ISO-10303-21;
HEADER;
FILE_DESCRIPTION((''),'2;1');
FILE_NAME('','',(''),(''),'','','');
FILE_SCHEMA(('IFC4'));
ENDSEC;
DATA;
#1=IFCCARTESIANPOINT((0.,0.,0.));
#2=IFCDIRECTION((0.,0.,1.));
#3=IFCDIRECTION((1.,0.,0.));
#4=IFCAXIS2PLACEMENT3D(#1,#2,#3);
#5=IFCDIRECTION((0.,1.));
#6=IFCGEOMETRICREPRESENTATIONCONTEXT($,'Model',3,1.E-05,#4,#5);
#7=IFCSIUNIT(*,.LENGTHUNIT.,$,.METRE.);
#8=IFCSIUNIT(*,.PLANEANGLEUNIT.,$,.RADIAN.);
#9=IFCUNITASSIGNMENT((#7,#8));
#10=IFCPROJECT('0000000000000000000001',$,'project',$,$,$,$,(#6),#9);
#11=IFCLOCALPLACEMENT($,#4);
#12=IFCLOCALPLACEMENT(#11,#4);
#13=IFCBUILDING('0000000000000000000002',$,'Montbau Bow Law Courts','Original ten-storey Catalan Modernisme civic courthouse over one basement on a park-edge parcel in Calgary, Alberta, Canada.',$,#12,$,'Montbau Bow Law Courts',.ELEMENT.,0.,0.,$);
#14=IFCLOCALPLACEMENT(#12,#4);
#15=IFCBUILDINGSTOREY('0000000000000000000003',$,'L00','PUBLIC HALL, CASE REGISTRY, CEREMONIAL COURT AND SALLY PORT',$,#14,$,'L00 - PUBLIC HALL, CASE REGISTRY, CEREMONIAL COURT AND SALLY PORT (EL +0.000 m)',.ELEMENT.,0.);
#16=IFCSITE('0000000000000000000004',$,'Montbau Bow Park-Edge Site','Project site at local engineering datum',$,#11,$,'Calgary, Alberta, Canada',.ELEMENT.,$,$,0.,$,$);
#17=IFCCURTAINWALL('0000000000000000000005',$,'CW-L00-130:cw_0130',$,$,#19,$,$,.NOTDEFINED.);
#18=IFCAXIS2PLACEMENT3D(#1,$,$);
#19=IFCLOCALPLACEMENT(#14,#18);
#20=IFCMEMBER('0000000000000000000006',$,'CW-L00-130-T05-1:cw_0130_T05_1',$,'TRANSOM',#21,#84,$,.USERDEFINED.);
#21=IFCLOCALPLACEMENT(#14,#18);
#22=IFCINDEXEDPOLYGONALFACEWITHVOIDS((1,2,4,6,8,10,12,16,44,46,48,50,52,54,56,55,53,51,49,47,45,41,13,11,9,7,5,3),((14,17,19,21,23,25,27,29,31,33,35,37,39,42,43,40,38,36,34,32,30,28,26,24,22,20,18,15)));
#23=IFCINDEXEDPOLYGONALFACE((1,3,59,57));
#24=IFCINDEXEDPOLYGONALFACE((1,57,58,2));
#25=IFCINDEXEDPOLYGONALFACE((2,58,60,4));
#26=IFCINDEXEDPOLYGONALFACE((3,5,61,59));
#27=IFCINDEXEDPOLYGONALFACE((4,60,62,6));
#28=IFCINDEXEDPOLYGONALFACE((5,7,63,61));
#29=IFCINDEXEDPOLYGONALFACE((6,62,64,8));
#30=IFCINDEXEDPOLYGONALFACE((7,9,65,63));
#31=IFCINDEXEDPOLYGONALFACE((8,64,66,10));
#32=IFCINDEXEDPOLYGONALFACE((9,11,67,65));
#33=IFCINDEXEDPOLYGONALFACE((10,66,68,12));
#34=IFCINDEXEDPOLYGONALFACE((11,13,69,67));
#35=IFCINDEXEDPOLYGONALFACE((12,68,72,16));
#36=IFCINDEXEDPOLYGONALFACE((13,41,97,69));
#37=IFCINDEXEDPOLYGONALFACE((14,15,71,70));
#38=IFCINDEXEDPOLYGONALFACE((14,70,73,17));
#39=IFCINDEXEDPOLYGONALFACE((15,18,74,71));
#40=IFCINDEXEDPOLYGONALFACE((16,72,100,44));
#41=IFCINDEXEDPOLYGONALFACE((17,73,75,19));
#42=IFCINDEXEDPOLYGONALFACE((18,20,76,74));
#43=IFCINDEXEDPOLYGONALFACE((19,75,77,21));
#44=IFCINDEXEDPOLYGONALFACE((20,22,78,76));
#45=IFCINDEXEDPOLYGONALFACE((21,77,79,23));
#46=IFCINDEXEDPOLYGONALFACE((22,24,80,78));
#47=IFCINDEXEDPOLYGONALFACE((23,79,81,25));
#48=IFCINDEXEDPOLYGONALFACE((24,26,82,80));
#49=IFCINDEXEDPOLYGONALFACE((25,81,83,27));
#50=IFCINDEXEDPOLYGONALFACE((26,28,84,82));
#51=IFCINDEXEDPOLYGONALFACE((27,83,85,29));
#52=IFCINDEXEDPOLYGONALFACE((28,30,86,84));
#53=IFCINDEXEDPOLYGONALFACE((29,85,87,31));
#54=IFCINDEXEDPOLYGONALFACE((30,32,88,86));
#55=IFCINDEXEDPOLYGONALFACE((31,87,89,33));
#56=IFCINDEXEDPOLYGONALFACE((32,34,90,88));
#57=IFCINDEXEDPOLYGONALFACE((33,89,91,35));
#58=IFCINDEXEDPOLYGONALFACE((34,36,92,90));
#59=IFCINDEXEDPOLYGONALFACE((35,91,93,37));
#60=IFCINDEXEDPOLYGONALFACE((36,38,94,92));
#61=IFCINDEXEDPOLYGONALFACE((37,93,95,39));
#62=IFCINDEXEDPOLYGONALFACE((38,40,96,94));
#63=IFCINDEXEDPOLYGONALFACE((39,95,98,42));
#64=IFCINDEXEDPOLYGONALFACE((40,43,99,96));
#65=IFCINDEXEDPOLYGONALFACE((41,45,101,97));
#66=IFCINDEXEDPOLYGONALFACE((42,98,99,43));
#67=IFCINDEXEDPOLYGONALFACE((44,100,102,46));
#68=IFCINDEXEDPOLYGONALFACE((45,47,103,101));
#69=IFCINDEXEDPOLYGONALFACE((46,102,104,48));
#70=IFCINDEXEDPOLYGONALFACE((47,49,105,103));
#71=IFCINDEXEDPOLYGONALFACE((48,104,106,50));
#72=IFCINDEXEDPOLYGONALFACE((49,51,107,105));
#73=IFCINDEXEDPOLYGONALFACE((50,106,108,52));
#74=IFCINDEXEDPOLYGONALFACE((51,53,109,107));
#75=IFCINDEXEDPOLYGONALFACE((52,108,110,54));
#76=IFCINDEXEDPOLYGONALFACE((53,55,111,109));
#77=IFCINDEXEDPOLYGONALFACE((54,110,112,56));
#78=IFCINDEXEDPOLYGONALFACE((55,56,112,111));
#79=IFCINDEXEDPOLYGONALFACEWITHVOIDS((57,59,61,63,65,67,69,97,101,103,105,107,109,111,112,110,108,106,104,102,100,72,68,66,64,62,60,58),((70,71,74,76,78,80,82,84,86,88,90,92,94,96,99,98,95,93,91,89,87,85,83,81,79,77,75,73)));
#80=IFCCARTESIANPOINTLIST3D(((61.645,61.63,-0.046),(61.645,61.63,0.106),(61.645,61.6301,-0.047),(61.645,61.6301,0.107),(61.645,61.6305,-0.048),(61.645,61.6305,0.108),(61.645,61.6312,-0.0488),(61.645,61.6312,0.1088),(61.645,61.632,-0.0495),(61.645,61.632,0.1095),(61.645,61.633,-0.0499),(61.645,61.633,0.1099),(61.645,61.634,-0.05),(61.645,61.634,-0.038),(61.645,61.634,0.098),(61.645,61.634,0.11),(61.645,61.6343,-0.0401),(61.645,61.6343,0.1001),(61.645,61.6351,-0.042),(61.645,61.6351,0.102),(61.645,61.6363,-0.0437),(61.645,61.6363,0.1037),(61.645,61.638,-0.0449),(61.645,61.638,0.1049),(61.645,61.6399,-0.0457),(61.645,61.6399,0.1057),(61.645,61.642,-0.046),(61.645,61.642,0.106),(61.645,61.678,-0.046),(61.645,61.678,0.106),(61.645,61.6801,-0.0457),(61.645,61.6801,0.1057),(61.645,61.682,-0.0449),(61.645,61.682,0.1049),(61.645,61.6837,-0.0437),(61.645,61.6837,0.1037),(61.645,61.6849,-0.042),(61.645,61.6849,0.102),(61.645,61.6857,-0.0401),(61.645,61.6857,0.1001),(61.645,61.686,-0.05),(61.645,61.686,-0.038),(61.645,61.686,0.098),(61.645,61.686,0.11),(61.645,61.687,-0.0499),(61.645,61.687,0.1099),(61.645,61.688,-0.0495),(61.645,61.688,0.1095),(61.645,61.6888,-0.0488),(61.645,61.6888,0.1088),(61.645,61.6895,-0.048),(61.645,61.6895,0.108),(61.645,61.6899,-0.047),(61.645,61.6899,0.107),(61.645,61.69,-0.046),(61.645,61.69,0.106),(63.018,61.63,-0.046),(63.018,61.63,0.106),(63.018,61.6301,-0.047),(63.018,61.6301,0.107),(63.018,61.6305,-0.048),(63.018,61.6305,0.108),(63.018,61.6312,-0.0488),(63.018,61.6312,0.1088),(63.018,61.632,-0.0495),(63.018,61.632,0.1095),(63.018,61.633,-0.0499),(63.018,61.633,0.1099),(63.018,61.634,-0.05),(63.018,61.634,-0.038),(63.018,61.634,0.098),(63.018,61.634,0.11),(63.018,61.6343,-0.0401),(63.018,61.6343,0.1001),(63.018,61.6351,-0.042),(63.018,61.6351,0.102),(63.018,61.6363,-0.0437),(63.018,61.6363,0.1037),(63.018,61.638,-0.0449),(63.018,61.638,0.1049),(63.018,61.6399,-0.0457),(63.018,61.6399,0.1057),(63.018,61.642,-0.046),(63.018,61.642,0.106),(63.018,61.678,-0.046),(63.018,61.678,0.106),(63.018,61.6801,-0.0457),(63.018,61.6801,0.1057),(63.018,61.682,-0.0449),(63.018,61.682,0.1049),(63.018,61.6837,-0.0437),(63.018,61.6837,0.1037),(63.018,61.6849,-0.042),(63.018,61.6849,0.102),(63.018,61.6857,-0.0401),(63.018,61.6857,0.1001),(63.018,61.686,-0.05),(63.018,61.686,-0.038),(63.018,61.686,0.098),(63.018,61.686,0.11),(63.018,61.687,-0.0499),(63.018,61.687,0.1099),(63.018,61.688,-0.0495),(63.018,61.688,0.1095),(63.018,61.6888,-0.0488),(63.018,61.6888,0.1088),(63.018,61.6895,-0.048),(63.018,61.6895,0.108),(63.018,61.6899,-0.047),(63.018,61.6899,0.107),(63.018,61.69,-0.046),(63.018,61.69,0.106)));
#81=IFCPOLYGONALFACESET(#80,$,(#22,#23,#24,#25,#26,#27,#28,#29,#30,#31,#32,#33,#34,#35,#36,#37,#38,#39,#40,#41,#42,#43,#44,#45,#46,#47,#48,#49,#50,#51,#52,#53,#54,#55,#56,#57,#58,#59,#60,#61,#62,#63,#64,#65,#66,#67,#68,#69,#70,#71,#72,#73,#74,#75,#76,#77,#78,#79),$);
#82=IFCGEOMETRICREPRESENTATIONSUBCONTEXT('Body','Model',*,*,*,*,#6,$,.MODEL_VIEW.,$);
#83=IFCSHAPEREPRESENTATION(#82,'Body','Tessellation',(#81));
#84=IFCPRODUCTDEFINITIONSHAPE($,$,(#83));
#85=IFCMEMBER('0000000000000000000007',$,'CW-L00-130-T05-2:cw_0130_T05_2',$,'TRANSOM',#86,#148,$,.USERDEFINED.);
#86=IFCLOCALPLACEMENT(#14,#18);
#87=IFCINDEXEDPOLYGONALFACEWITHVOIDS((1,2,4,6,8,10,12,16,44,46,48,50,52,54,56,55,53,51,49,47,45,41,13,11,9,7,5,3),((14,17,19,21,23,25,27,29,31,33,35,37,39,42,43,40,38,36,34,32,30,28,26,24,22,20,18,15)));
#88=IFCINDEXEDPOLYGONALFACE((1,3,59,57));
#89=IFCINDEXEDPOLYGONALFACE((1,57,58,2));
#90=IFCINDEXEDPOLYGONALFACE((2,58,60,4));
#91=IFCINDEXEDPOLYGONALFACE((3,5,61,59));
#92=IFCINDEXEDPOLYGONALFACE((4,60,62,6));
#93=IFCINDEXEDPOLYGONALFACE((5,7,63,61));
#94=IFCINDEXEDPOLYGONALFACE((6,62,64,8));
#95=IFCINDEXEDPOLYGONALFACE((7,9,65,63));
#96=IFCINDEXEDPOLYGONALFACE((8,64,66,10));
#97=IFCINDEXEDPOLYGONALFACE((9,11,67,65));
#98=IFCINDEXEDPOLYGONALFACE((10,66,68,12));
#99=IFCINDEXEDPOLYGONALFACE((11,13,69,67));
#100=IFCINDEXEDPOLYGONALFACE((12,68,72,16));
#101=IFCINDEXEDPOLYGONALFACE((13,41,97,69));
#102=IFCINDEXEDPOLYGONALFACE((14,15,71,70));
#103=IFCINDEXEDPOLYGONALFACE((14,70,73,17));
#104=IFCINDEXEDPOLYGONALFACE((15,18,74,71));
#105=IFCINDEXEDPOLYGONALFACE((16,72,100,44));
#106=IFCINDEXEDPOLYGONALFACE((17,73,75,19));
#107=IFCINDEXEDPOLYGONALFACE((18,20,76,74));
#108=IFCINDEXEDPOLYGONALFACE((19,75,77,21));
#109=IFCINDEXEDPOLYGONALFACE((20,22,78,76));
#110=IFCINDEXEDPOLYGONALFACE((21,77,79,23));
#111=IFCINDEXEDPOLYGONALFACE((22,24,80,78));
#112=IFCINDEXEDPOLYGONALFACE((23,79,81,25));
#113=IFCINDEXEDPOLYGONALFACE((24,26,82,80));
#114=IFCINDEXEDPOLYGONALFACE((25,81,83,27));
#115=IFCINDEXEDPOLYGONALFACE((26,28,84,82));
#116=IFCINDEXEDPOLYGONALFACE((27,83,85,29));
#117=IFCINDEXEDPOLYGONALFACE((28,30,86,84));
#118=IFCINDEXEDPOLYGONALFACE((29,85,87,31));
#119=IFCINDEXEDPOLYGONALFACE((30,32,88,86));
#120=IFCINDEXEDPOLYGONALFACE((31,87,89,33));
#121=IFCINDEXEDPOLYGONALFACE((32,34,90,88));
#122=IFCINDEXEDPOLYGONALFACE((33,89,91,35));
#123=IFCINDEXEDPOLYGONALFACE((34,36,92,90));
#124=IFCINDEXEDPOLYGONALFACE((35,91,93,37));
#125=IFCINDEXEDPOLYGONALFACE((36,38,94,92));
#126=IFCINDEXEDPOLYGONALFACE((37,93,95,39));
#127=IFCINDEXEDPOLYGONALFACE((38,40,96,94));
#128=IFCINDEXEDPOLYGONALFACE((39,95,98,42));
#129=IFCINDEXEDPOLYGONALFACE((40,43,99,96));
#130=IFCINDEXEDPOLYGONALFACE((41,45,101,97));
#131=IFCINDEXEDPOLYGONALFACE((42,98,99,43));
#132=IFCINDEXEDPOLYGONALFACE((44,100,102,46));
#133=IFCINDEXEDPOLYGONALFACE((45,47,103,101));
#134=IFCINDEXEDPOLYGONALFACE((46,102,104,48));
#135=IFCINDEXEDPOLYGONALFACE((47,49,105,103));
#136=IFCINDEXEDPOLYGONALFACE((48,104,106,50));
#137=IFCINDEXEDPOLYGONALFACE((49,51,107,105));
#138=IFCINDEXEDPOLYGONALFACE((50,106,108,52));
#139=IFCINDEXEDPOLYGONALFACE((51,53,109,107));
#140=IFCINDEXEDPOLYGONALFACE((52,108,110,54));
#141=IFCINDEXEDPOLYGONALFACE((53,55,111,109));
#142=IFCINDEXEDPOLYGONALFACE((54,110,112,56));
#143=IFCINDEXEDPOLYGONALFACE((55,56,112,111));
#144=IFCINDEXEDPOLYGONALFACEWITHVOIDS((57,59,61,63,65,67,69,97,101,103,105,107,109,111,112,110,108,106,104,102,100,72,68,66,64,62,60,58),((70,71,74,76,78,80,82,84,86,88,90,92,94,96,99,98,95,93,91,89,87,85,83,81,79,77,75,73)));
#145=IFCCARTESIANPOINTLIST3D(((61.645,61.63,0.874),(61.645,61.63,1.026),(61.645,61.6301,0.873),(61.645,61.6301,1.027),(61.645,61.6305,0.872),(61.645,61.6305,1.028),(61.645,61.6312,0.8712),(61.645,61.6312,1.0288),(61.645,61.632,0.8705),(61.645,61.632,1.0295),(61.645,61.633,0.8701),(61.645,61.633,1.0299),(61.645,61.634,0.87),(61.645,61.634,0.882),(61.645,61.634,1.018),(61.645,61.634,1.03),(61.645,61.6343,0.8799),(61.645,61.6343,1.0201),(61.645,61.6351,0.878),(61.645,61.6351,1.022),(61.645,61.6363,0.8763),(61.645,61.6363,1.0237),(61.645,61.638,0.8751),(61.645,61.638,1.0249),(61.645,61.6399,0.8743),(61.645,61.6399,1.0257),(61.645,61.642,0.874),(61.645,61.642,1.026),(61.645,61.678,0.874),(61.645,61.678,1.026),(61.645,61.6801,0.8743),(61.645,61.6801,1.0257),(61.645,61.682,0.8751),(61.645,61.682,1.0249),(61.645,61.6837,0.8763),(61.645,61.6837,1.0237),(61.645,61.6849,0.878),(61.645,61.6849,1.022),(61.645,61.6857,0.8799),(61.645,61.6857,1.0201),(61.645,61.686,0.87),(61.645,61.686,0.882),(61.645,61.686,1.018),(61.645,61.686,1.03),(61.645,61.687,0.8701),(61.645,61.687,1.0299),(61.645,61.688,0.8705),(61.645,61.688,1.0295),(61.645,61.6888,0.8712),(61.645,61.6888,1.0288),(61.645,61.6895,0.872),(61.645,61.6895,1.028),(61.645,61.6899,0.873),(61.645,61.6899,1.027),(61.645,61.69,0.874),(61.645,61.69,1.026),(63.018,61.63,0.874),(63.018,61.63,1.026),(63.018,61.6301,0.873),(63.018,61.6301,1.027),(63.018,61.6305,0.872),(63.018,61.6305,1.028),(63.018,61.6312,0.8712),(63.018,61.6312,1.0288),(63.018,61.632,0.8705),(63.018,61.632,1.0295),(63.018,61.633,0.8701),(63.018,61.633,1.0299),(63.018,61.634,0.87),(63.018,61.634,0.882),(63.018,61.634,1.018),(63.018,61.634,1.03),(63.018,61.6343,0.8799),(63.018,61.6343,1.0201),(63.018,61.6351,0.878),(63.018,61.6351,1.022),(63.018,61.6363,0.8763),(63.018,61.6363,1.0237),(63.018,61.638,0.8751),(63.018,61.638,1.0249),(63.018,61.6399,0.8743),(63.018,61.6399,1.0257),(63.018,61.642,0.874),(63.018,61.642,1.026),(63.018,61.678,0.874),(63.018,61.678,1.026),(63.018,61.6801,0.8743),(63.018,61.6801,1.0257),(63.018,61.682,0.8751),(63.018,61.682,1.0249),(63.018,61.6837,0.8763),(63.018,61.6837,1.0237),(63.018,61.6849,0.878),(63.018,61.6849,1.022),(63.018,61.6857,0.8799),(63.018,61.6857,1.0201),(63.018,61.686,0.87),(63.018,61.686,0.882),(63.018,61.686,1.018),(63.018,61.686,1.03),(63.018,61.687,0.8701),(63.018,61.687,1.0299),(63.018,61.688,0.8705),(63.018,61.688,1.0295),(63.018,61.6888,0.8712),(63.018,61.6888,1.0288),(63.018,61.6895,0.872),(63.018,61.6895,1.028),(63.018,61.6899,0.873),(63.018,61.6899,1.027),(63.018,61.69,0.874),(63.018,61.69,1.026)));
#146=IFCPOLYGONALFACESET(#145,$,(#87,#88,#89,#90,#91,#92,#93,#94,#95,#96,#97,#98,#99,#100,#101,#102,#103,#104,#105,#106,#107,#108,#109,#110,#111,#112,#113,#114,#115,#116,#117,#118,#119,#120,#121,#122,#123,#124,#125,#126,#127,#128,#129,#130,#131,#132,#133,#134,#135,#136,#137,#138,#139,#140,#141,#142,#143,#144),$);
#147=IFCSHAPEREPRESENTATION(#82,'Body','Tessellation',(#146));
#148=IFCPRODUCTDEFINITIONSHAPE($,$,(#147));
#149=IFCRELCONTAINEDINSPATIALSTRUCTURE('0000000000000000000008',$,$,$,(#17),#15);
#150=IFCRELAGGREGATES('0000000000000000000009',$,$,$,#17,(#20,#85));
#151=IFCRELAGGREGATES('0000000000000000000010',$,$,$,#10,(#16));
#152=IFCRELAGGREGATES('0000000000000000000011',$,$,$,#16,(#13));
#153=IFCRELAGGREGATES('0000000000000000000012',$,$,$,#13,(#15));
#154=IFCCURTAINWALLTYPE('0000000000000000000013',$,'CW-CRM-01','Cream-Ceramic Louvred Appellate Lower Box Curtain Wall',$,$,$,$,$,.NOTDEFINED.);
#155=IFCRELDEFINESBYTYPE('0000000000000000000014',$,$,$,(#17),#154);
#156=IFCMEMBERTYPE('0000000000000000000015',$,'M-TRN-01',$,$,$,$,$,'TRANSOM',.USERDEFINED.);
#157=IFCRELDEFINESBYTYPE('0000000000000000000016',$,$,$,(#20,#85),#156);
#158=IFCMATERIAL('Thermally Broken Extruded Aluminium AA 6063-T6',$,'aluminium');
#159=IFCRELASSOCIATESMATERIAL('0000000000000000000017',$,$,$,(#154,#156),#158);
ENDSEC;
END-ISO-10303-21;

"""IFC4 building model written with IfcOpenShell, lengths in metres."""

from ifc_helpers import new_model, si_unit, direction, frame, origin_with_axes, origin_2d_with_axis, place, context, subcontext, project, spatial, hollow_rectangle, extrude, material, material_profile, profile_set, type_object, element, aggregate, save


model = new_model("IFC4")

# Units and contexts
model_context = context("Model", 3, precision=1e-05, world=origin_with_axes(), true_north=direction((0.0, 1.0)))
body_context = subcontext(model_context, "Body", "Model", "MODEL_VIEW")
ifc_project = project(units=[si_unit("LENGTHUNIT", "METRE"), si_unit("PLANEANGLEUNIT", "RADIAN")], contexts=[model_context])

# Site, building, storey
site_placement = place(None, origin_with_axes())
site = spatial("IfcSite", under=ifc_project, at=site_placement, Name="Montbau Bow Park-Edge Site", Description="Project site at local engineering datum", LongName="Calgary, Alberta, Canada", CompositionType="ELEMENT", RefElevation=0.0)
building_placement = place(site_placement, origin_with_axes())
building = spatial("IfcBuilding", under=site, at=building_placement, Name="Montbau Bow Law Courts", Description="Original ten-storey Catalan Modernisme civic courthouse over one basement on a park-edge parcel in Calgary, Alberta, Canada.", LongName="Montbau Bow Law Courts", CompositionType="ELEMENT", ElevationOfRefHeight=0.0, ElevationOfTerrain=0.0)
storey_placement = place(building_placement, origin_with_axes())
storey = spatial("IfcBuildingStorey", under=building, at=storey_placement, Name="L00", Description="PUBLIC HALL, CASE REGISTRY, CEREMONIAL COURT AND SALLY PORT", LongName="L00 - PUBLIC HALL, CASE REGISTRY, CEREMONIAL COURT AND SALLY PORT (EL +0.000 m)", CompositionType="ELEMENT", Elevation=0.0)

# Curtain wall, members
ifc_material_1 = material(Name="Thermally Broken Extruded Aluminium AA 6063-T6", Category="aluminium")
curtain_wall_type = type_object("IfcCurtainWallType", Name="CW-CRM-01", Description="Cream-Ceramic Louvred Appellate Lower Box Curtain Wall", PredefinedType="NOTDEFINED", material=ifc_material_1)
curtain_wall_placement = place(None, frame((55.715, 61.66, 0.0), z_axis=(0.0, 0.0, 1.0), x_axis=(1.0, 0.0, 0.0)))
curtain_wall = element("IfcCurtainWall", 1, at=curtain_wall_placement, inside=storey, type_object=curtain_wall_type, Name="CW-L00-130:cw_0130", PredefinedType="NOTDEFINED")
ifc_material_profile_1 = material_profile(ifc_material_1, hollow_rectangle(XDim=0.06, YDim=0.16, WallThickness=0.004, InnerFilletRadius=0.008, OuterFilletRadius=0.004, at=origin_2d_with_axis()), Name="CWT-160X60", Category="Main", Priority=0)
ifc_profile_set_1 = profile_set([ifc_material_profile_1], Name="Thermally Broken Extruded Aluminium AA 6063-T6")
member_type_1 = type_object("IfcMemberType", Name="M-TRN-01", ElementType="TRANSOM", PredefinedType="USERDEFINED", material=ifc_profile_set_1)
member_1_placement = place(None, frame((61.645, 61.66, 0.03), z_axis=(1.0, 0.0, 0.0), x_axis=(0.0, 1.0, 0.0)))
member_1 = element("IfcMember", 2, at=member_1_placement, type_object=member_type_1, Name="CW-L00-130-T05-1:cw_0130_T05_1", ObjectType="TRANSOM", PredefinedType="USERDEFINED", context=body_context, shape_type="SweptSolid", body=[
    extrude(hollow_rectangle(XDim=0.06, YDim=0.16, WallThickness=0.004, InnerFilletRadius=0.008, OuterFilletRadius=0.004, at=origin_2d_with_axis()), origin_with_axes(), (0.0, 0.0, 1.0), 1.373),
])
member_2_placement = place(None, frame((61.645, 61.66, 0.95), z_axis=(1.0, 0.0, 0.0), x_axis=(0.0, 1.0, 0.0)))
member_2 = element("IfcMember", 3, at=member_2_placement, type_object=member_type_1, Name="CW-L00-130-T05-2:cw_0130_T05_2", ObjectType="TRANSOM", PredefinedType="USERDEFINED", context=body_context, shape_type="SweptSolid", body=[
    extrude(hollow_rectangle(XDim=0.06, YDim=0.16, WallThickness=0.004, InnerFilletRadius=0.008, OuterFilletRadius=0.004, at=origin_2d_with_axis()), origin_with_axes(), (0.0, 0.0, 1.0), 1.373),
])
aggregate(curtain_wall, [member_1, member_2])

save(model, "model.ifc")
